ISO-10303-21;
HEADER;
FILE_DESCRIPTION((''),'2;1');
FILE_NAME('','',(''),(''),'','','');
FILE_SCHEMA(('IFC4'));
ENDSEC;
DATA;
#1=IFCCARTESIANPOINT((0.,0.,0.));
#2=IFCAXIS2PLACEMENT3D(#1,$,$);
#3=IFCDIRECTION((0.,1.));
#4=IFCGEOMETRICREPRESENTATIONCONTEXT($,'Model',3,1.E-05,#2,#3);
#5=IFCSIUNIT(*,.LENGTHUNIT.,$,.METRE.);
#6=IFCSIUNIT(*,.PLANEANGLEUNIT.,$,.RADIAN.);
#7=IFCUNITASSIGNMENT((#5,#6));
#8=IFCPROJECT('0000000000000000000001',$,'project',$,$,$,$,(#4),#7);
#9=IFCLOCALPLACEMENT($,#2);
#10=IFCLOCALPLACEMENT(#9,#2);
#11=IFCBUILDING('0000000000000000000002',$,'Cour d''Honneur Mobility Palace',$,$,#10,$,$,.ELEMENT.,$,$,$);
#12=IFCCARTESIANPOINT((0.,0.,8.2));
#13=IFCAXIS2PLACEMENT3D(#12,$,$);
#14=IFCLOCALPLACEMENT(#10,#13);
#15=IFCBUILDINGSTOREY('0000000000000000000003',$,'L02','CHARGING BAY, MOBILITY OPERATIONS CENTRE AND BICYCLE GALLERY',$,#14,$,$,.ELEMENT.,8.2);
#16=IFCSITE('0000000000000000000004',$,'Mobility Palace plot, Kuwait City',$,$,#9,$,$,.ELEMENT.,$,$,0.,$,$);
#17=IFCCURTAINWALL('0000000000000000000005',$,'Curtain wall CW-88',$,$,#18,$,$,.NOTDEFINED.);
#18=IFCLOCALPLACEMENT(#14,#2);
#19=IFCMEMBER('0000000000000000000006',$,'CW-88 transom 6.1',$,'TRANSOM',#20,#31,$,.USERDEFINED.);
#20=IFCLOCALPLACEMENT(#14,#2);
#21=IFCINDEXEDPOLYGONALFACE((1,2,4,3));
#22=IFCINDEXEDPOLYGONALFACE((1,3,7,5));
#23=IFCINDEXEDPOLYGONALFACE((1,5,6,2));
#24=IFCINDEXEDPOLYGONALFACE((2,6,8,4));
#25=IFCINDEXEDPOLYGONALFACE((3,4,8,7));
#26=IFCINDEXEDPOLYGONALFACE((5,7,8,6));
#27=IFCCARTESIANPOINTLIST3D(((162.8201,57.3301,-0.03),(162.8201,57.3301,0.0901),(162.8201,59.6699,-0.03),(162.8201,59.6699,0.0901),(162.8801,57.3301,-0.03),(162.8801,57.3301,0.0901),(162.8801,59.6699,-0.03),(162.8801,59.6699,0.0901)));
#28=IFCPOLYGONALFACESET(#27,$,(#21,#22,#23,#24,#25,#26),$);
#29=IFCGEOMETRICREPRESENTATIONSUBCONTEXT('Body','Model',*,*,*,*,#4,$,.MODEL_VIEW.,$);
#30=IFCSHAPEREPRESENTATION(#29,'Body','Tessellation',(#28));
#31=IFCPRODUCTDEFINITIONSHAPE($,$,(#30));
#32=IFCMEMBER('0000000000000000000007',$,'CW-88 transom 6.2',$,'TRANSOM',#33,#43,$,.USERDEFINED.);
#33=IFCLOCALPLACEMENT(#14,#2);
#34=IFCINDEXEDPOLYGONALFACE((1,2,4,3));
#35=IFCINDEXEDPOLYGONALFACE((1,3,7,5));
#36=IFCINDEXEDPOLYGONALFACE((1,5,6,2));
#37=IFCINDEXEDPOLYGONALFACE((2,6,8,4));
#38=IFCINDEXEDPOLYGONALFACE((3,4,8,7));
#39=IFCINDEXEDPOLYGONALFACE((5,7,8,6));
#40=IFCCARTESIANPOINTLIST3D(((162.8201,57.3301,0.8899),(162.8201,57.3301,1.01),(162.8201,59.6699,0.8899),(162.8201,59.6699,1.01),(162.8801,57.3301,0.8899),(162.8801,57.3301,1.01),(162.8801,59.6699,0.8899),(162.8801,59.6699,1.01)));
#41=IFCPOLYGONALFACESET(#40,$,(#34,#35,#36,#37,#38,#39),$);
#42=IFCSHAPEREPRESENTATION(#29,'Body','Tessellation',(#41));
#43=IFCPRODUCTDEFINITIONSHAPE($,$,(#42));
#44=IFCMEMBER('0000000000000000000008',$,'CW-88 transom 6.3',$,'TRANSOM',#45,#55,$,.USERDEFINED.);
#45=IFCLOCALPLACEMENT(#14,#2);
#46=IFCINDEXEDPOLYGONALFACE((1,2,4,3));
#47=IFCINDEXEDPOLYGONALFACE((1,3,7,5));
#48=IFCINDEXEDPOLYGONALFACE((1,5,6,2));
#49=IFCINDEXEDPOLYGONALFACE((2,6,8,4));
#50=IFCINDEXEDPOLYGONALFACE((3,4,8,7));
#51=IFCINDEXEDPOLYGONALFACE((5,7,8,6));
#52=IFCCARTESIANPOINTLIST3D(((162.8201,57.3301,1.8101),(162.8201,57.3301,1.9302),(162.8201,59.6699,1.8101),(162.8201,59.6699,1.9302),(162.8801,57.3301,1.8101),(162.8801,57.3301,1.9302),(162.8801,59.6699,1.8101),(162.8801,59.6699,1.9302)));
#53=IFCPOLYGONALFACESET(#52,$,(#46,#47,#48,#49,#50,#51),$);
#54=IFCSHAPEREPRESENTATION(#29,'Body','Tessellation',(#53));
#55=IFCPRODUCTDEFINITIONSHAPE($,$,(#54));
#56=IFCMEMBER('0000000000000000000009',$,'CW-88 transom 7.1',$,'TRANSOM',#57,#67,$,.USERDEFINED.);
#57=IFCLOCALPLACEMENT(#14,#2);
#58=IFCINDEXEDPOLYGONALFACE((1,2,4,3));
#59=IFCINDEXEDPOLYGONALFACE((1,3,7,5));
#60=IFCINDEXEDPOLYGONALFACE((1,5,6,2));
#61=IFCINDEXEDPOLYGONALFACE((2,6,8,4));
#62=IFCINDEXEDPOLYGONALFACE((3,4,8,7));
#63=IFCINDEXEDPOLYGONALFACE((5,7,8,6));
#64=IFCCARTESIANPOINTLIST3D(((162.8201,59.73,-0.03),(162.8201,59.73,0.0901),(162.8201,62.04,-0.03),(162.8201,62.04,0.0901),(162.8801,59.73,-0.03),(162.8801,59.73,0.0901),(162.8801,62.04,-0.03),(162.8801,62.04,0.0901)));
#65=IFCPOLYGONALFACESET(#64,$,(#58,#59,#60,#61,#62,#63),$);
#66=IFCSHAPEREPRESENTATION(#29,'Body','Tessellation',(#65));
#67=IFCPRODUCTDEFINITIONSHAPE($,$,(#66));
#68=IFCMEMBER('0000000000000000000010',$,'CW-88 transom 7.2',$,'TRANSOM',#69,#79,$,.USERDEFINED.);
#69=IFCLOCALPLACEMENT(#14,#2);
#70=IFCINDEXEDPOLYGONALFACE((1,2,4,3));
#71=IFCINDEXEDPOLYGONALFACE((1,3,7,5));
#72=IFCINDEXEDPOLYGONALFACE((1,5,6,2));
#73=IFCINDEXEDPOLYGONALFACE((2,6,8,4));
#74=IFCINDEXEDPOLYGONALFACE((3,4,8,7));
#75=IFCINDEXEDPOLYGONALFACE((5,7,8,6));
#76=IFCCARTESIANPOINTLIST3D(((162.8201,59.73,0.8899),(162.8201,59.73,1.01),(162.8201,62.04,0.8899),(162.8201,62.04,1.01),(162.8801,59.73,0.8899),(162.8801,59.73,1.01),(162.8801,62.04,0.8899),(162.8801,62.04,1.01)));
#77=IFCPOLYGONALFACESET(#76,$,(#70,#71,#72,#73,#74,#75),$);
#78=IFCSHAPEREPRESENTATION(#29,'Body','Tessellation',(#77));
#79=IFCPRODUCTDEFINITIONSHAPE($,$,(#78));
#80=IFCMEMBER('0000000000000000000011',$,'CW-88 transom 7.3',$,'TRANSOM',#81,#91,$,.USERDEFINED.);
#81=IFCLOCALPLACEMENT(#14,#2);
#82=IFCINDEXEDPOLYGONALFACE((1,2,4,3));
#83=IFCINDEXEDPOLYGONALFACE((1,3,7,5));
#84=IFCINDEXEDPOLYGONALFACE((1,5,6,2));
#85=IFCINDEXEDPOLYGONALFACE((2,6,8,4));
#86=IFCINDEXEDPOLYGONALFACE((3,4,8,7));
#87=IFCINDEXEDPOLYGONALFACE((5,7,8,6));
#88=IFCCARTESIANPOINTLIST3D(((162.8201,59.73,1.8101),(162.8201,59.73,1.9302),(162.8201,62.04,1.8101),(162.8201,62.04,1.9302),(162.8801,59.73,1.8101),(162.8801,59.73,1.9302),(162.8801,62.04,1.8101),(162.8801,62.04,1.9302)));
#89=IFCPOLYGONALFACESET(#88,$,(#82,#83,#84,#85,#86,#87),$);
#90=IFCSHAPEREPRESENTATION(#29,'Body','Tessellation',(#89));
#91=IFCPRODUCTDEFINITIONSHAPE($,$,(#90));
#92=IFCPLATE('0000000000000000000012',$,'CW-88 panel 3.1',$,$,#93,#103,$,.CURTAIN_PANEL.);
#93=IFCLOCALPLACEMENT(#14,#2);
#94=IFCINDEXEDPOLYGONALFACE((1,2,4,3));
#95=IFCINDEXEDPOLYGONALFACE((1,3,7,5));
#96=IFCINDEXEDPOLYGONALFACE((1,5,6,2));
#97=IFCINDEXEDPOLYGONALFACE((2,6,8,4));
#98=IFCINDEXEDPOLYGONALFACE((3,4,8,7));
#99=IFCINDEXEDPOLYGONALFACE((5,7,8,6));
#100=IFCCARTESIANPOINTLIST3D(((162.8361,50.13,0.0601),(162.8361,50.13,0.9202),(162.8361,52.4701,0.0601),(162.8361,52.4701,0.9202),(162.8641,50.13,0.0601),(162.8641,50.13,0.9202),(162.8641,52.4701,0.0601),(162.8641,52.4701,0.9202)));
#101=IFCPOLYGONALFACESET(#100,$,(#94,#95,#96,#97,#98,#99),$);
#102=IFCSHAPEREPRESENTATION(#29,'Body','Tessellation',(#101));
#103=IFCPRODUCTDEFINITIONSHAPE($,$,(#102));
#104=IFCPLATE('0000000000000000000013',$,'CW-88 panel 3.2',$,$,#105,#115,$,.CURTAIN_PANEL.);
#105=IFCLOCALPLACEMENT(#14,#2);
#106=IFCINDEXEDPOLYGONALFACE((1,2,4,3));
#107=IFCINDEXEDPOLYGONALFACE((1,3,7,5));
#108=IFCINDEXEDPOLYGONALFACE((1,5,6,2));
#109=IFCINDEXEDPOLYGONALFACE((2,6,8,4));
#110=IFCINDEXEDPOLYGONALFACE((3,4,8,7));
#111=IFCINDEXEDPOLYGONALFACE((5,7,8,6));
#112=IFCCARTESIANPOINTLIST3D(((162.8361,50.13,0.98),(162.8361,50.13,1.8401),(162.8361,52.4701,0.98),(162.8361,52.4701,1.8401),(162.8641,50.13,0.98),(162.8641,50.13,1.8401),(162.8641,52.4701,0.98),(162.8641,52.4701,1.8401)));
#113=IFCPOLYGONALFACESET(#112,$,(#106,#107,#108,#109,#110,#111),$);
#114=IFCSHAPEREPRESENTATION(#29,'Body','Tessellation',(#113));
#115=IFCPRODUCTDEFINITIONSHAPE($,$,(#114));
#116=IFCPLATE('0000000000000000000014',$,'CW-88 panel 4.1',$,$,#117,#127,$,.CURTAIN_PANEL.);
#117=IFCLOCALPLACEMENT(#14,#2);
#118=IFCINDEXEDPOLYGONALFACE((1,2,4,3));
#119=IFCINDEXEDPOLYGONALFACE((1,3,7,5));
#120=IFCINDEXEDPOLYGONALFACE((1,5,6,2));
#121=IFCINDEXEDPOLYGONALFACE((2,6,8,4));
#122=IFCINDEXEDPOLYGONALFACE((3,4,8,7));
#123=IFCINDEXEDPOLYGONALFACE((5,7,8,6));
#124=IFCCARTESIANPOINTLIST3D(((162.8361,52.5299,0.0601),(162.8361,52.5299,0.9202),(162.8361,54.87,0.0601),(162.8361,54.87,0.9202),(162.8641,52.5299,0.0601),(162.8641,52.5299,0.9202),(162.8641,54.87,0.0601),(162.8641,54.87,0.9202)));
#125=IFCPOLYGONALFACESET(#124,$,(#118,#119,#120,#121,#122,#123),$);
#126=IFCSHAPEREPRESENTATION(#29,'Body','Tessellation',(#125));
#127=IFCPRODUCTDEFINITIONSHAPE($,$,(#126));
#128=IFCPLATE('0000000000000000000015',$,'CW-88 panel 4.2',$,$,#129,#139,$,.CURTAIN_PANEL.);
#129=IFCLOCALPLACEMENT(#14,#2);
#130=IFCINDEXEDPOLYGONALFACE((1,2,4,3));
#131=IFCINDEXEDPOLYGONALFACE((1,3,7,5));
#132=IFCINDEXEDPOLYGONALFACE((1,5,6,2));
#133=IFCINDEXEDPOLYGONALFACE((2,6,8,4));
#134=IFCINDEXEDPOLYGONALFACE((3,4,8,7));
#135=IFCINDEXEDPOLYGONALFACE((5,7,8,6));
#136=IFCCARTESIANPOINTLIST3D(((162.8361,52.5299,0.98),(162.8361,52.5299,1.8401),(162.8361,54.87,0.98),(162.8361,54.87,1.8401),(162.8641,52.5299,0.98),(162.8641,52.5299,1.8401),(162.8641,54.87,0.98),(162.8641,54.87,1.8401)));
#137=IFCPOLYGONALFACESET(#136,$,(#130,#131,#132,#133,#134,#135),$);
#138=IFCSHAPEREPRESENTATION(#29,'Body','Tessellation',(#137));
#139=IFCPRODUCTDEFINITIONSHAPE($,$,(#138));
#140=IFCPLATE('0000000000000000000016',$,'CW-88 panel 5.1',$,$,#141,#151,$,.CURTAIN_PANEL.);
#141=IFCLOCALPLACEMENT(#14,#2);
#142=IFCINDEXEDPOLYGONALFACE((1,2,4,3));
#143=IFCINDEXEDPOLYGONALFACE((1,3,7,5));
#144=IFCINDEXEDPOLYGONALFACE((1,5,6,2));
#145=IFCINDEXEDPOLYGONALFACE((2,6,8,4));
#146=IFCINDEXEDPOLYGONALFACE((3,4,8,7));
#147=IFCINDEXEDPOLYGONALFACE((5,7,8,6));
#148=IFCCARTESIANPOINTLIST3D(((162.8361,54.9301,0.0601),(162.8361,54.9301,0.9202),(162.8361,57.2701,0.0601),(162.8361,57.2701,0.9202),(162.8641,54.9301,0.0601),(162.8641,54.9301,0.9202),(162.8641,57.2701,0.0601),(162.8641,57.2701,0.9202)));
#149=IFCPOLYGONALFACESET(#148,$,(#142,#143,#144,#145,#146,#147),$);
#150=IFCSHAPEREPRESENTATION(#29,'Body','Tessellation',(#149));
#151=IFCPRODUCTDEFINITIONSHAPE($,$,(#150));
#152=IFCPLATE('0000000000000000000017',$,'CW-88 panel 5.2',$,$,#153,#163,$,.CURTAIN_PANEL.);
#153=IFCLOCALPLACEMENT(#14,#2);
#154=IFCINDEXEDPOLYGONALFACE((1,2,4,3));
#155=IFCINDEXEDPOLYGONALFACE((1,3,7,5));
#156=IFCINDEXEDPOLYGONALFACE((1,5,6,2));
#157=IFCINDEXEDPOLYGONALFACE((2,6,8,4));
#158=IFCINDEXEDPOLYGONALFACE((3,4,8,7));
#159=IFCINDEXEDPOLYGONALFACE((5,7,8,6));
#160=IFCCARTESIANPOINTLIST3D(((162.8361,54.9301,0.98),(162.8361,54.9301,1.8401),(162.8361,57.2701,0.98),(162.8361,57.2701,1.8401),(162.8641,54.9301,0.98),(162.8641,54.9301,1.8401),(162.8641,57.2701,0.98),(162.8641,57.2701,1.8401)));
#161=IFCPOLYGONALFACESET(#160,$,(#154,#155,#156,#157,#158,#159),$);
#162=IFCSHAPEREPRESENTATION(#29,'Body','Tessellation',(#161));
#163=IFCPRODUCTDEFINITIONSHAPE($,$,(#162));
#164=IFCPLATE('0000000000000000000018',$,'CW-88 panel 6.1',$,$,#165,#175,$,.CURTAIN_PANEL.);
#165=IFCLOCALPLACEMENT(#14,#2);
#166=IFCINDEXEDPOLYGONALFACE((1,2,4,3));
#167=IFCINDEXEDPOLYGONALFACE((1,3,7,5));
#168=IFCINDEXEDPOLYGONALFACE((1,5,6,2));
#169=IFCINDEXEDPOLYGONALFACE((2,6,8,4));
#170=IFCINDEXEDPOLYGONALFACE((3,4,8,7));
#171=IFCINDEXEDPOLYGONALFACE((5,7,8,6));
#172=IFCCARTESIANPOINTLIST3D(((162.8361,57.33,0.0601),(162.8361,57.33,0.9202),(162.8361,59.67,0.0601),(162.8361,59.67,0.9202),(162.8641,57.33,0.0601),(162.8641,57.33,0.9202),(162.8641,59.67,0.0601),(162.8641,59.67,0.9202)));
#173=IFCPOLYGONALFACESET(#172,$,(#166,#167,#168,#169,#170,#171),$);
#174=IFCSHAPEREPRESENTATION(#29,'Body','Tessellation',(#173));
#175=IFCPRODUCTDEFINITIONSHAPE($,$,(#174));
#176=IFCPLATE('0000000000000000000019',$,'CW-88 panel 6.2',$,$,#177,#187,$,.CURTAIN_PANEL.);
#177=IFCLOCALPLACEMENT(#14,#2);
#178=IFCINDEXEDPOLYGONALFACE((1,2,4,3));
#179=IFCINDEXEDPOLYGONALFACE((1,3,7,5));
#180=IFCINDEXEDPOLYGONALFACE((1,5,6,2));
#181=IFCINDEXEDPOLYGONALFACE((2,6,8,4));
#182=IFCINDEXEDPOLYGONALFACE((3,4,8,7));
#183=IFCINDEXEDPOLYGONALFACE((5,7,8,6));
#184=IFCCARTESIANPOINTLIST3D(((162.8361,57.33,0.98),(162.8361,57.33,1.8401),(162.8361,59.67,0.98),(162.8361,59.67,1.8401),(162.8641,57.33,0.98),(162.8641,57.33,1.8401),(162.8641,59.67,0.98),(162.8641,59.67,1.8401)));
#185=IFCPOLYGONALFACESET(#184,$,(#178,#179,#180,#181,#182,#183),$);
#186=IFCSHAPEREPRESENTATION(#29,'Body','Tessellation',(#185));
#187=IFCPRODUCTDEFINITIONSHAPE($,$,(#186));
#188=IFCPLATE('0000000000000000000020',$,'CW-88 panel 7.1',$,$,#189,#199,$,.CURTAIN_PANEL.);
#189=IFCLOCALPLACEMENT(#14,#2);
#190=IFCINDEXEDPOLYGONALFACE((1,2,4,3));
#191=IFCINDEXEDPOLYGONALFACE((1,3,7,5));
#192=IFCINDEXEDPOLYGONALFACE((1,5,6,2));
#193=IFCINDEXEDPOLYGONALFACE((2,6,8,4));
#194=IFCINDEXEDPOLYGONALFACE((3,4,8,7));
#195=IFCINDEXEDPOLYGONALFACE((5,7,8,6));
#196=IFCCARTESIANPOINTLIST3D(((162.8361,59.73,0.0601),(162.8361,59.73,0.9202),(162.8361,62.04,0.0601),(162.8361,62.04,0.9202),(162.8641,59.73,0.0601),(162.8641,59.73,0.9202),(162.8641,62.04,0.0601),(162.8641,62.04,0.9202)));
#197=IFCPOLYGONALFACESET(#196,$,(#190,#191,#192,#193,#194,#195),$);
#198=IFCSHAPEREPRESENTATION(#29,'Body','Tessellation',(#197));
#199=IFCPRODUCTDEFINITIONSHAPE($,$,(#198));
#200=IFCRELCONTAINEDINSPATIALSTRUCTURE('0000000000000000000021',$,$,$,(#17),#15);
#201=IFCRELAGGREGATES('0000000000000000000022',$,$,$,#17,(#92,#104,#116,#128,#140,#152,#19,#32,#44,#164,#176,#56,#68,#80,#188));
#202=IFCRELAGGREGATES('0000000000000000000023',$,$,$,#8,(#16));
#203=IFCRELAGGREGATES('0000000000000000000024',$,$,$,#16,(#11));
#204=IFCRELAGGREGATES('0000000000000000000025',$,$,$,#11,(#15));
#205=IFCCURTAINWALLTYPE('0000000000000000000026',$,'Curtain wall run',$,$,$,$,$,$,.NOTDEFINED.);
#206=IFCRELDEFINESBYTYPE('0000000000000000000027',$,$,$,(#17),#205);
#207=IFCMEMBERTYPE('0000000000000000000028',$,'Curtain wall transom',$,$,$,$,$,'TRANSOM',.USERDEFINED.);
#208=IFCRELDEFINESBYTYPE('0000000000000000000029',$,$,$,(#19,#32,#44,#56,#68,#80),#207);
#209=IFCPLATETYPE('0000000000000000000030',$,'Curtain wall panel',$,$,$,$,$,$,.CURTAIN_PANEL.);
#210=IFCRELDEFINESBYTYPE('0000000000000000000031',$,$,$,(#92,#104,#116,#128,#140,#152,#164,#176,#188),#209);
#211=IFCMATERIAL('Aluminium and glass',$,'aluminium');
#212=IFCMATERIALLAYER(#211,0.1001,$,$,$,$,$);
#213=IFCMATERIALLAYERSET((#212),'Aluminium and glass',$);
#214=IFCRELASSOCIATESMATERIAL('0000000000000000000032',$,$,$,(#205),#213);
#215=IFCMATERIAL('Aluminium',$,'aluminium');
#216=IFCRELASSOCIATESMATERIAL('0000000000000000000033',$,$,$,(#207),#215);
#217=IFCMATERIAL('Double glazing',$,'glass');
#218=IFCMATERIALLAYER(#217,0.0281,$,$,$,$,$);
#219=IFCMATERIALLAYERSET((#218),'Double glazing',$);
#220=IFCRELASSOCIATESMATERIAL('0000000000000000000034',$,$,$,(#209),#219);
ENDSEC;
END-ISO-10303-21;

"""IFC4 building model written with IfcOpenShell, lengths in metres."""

from ifc_helpers import new_model, si_unit, direction, frame, origin, origin_2d, place, context, subcontext, project, spatial, rectangle, extrude, material, layer, layer_set, material_profile, profile_set, type_object, element, aggregate, save


model = new_model("IFC4")

# Units and contexts
model_context = context("Model", 3, precision=1e-05, world=origin(), true_north=direction((0.0, 1.0)))
body_context = subcontext(model_context, "Body", "Model", "MODEL_VIEW")
ifc_project = project(units=[si_unit("LENGTHUNIT", "METRE"), si_unit("PLANEANGLEUNIT", "RADIAN")], contexts=[model_context])

# Site, building, storey
site_placement = place(None, origin())
site = spatial("IfcSite", under=ifc_project, at=site_placement, Name="Mobility Palace plot, Kuwait City", CompositionType="ELEMENT", RefElevation=0.0)
building_placement = place(site_placement, origin())
building = spatial("IfcBuilding", under=site, at=building_placement, Name="Cour d'Honneur Mobility Palace", CompositionType="ELEMENT")
storey_placement = place(building_placement, frame((0.0, 0.0, 8.2)))
storey = spatial("IfcBuildingStorey", under=building, at=storey_placement, Name="L02", Description="CHARGING BAY, MOBILITY OPERATIONS CENTRE AND BICYCLE GALLERY", CompositionType="ELEMENT", Elevation=8.2)

# Curtain wall, members, plates
ifc_material_1 = material(Name="Aluminium and glass", Category="aluminium")
ifc_layer_1 = layer(ifc_material_1, 0.1001)
ifc_layer_set_1 = layer_set([ifc_layer_1], Name="Aluminium and glass")
curtain_wall_type = type_object("IfcCurtainWallType", Name="Curtain wall run", PredefinedType="NOTDEFINED", material=ifc_layer_set_1)
curtain_wall_placement = place(storey_placement, origin())
curtain_wall = element("IfcCurtainWall", 1, at=curtain_wall_placement, inside=storey, type_object=curtain_wall_type, Name="Curtain wall CW-88", PredefinedType="NOTDEFINED")
ifc_material_2 = material(Name="Aluminium", Category="aluminium")
ifc_material_profile_1 = material_profile(ifc_material_2, rectangle(XDim=0.0601, YDim=0.1201, at=origin_2d()), Name="Curtain wall transom")
ifc_profile_set_1 = profile_set([ifc_material_profile_1], Name="Aluminium")
member_type_1 = type_object("IfcMemberType", Name="Curtain wall transom", ElementType="TRANSOM", PredefinedType="USERDEFINED", material=ifc_profile_set_1)
member_1_placement = place(storey_placement, frame((162.8501, 57.3301, 0.03), z_axis=(0.0, 1.0, 0.0), x_axis=(-1.0, 0.0, 0.0)))
member_1 = element("IfcMember", 2, at=member_1_placement, type_object=member_type_1, Name="CW-88 transom 6.1", ObjectType="TRANSOM", PredefinedType="USERDEFINED", context=body_context, shape_type="SweptSolid", body=[
    extrude(rectangle(XDim=0.0601, YDim=0.1201, at=origin_2d()), origin(), (0.0, 0.0, 1.0), 2.3398),
])
member_2_placement = place(storey_placement, frame((162.8501, 57.3301, 0.95), z_axis=(0.0, 1.0, 0.0), x_axis=(-1.0, 0.0, 0.0)))
member_2 = element("IfcMember", 3, at=member_2_placement, type_object=member_type_1, Name="CW-88 transom 6.2", ObjectType="TRANSOM", PredefinedType="USERDEFINED", context=body_context, shape_type="SweptSolid", body=[
    extrude(rectangle(XDim=0.0601, YDim=0.1201, at=origin_2d()), origin(), (0.0, 0.0, 1.0), 2.3398),
])
member_3_placement = place(storey_placement, frame((162.8501, 57.3301, 1.8701), z_axis=(0.0, 1.0, 0.0), x_axis=(-1.0, 0.0, 0.0)))
member_3 = element("IfcMember", 4, at=member_3_placement, type_object=member_type_1, Name="CW-88 transom 6.3", ObjectType="TRANSOM", PredefinedType="USERDEFINED", context=body_context, shape_type="SweptSolid", body=[
    extrude(rectangle(XDim=0.0601, YDim=0.1201, at=origin_2d()), origin(), (0.0, 0.0, 1.0), 2.3398),
])
member_4_placement = place(storey_placement, frame((162.8501, 59.73, 0.03), z_axis=(0.0, 1.0, 0.0), x_axis=(-1.0, 0.0, 0.0)))
member_4 = element("IfcMember", 5, at=member_4_placement, type_object=member_type_1, Name="CW-88 transom 7.1", ObjectType="TRANSOM", PredefinedType="USERDEFINED", context=body_context, shape_type="SweptSolid", body=[
    extrude(rectangle(XDim=0.0601, YDim=0.1201, at=origin_2d()), origin(), (0.0, 0.0, 1.0), 2.3101),
])
member_5_placement = place(storey_placement, frame((162.8501, 59.73, 0.95), z_axis=(0.0, 1.0, 0.0), x_axis=(-1.0, 0.0, 0.0)))
member_5 = element("IfcMember", 6, at=member_5_placement, type_object=member_type_1, Name="CW-88 transom 7.2", ObjectType="TRANSOM", PredefinedType="USERDEFINED", context=body_context, shape_type="SweptSolid", body=[
    extrude(rectangle(XDim=0.0601, YDim=0.1201, at=origin_2d()), origin(), (0.0, 0.0, 1.0), 2.3101),
])
member_6_placement = place(storey_placement, frame((162.8501, 59.73, 1.8701), z_axis=(0.0, 1.0, 0.0), x_axis=(-1.0, 0.0, 0.0)))
member_6 = element("IfcMember", 7, at=member_6_placement, type_object=member_type_1, Name="CW-88 transom 7.3", ObjectType="TRANSOM", PredefinedType="USERDEFINED", context=body_context, shape_type="SweptSolid", body=[
    extrude(rectangle(XDim=0.0601, YDim=0.1201, at=origin_2d()), origin(), (0.0, 0.0, 1.0), 2.3101),
])
ifc_material_3 = material(Name="Double glazing", Category="glass")
ifc_layer_2 = layer(ifc_material_3, 0.0281)
ifc_layer_set_2 = layer_set([ifc_layer_2], Name="Double glazing")
plate_type = type_object("IfcPlateType", Name="Curtain wall panel", PredefinedType="CURTAIN_PANEL", material=ifc_layer_set_2)
plate_1_placement = place(storey_placement, frame((162.8501, 51.3, 0.0601), z_axis=(0.0, 0.0, 1.0), x_axis=(0.0, 1.0, 0.0)))
plate_1 = element("IfcPlate", 8, at=plate_1_placement, type_object=plate_type, Name="CW-88 panel 3.1", PredefinedType="CURTAIN_PANEL", context=body_context, shape_type="SweptSolid", body=[
    extrude(rectangle(XDim=2.3401, YDim=0.0281, at=origin_2d()), origin(), (0.0, 0.0, 1.0), 0.8601),
])
plate_2_placement = place(storey_placement, frame((162.8501, 51.3, 0.98), z_axis=(0.0, 0.0, 1.0), x_axis=(0.0, 1.0, 0.0)))
plate_2 = element("IfcPlate", 9, at=plate_2_placement, type_object=plate_type, Name="CW-88 panel 3.2", PredefinedType="CURTAIN_PANEL", context=body_context, shape_type="SweptSolid", body=[
    extrude(rectangle(XDim=2.3401, YDim=0.0281, at=origin_2d()), origin(), (0.0, 0.0, 1.0), 0.8601),
])
plate_3_placement = place(storey_placement, frame((162.8501, 53.7, 0.0601), z_axis=(0.0, 0.0, 1.0), x_axis=(0.0, 1.0, 0.0)))
plate_3 = element("IfcPlate", 10, at=plate_3_placement, type_object=plate_type, Name="CW-88 panel 4.1", PredefinedType="CURTAIN_PANEL", context=body_context, shape_type="SweptSolid", body=[
    extrude(rectangle(XDim=2.3401, YDim=0.0281, at=origin_2d()), origin(), (0.0, 0.0, 1.0), 0.8601),
])
plate_4_placement = place(storey_placement, frame((162.8501, 53.7, 0.98), z_axis=(0.0, 0.0, 1.0), x_axis=(0.0, 1.0, 0.0)))
plate_4 = element("IfcPlate", 11, at=plate_4_placement, type_object=plate_type, Name="CW-88 panel 4.2", PredefinedType="CURTAIN_PANEL", context=body_context, shape_type="SweptSolid", body=[
    extrude(rectangle(XDim=2.3401, YDim=0.0281, at=origin_2d()), origin(), (0.0, 0.0, 1.0), 0.8601),
])
plate_5_placement = place(storey_placement, frame((162.8501, 56.1001, 0.0601), z_axis=(0.0, 0.0, 1.0), x_axis=(0.0, 1.0, 0.0)))
plate_5 = element("IfcPlate", 12, at=plate_5_placement, type_object=plate_type, Name="CW-88 panel 5.1", PredefinedType="CURTAIN_PANEL", context=body_context, shape_type="SweptSolid", body=[
    extrude(rectangle(XDim=2.3401, YDim=0.0281, at=origin_2d()), origin(), (0.0, 0.0, 1.0), 0.8601),
])
plate_6_placement = place(storey_placement, frame((162.8501, 56.1001, 0.98), z_axis=(0.0, 0.0, 1.0), x_axis=(0.0, 1.0, 0.0)))
plate_6 = element("IfcPlate", 13, at=plate_6_placement, type_object=plate_type, Name="CW-88 panel 5.2", PredefinedType="CURTAIN_PANEL", context=body_context, shape_type="SweptSolid", body=[
    extrude(rectangle(XDim=2.3401, YDim=0.0281, at=origin_2d()), origin(), (0.0, 0.0, 1.0), 0.8601),
])
plate_7_placement = place(storey_placement, frame((162.8501, 58.5, 0.0601), z_axis=(0.0, 0.0, 1.0), x_axis=(0.0, 1.0, 0.0)))
plate_7 = element("IfcPlate", 14, at=plate_7_placement, type_object=plate_type, Name="CW-88 panel 6.1", PredefinedType="CURTAIN_PANEL", context=body_context, shape_type="SweptSolid", body=[
    extrude(rectangle(XDim=2.3401, YDim=0.0281, at=origin_2d()), origin(), (0.0, 0.0, 1.0), 0.8601),
])
plate_8_placement = place(storey_placement, frame((162.8501, 58.5, 0.98), z_axis=(0.0, 0.0, 1.0), x_axis=(0.0, 1.0, 0.0)))
plate_8 = element("IfcPlate", 15, at=plate_8_placement, type_object=plate_type, Name="CW-88 panel 6.2", PredefinedType="CURTAIN_PANEL", context=body_context, shape_type="SweptSolid", body=[
    extrude(rectangle(XDim=2.3401, YDim=0.0281, at=origin_2d()), origin(), (0.0, 0.0, 1.0), 0.8601),
])
plate_9_placement = place(storey_placement, frame((162.8501, 60.885, 0.0601), z_axis=(0.0, 0.0, 1.0), x_axis=(0.0, 1.0, 0.0)))
plate_9 = element("IfcPlate", 16, at=plate_9_placement, type_object=plate_type, Name="CW-88 panel 7.1", PredefinedType="CURTAIN_PANEL", context=body_context, shape_type="SweptSolid", body=[
    extrude(rectangle(XDim=2.3101, YDim=0.0281, at=origin_2d()), origin(), (0.0, 0.0, 1.0), 0.8601),
])
aggregate(curtain_wall, [plate_1, plate_2, plate_3, plate_4, plate_5, plate_6, member_1, member_2, member_3, plate_7, plate_8, member_4, member_5, member_6, plate_9])

save(model, "model.ifc")
